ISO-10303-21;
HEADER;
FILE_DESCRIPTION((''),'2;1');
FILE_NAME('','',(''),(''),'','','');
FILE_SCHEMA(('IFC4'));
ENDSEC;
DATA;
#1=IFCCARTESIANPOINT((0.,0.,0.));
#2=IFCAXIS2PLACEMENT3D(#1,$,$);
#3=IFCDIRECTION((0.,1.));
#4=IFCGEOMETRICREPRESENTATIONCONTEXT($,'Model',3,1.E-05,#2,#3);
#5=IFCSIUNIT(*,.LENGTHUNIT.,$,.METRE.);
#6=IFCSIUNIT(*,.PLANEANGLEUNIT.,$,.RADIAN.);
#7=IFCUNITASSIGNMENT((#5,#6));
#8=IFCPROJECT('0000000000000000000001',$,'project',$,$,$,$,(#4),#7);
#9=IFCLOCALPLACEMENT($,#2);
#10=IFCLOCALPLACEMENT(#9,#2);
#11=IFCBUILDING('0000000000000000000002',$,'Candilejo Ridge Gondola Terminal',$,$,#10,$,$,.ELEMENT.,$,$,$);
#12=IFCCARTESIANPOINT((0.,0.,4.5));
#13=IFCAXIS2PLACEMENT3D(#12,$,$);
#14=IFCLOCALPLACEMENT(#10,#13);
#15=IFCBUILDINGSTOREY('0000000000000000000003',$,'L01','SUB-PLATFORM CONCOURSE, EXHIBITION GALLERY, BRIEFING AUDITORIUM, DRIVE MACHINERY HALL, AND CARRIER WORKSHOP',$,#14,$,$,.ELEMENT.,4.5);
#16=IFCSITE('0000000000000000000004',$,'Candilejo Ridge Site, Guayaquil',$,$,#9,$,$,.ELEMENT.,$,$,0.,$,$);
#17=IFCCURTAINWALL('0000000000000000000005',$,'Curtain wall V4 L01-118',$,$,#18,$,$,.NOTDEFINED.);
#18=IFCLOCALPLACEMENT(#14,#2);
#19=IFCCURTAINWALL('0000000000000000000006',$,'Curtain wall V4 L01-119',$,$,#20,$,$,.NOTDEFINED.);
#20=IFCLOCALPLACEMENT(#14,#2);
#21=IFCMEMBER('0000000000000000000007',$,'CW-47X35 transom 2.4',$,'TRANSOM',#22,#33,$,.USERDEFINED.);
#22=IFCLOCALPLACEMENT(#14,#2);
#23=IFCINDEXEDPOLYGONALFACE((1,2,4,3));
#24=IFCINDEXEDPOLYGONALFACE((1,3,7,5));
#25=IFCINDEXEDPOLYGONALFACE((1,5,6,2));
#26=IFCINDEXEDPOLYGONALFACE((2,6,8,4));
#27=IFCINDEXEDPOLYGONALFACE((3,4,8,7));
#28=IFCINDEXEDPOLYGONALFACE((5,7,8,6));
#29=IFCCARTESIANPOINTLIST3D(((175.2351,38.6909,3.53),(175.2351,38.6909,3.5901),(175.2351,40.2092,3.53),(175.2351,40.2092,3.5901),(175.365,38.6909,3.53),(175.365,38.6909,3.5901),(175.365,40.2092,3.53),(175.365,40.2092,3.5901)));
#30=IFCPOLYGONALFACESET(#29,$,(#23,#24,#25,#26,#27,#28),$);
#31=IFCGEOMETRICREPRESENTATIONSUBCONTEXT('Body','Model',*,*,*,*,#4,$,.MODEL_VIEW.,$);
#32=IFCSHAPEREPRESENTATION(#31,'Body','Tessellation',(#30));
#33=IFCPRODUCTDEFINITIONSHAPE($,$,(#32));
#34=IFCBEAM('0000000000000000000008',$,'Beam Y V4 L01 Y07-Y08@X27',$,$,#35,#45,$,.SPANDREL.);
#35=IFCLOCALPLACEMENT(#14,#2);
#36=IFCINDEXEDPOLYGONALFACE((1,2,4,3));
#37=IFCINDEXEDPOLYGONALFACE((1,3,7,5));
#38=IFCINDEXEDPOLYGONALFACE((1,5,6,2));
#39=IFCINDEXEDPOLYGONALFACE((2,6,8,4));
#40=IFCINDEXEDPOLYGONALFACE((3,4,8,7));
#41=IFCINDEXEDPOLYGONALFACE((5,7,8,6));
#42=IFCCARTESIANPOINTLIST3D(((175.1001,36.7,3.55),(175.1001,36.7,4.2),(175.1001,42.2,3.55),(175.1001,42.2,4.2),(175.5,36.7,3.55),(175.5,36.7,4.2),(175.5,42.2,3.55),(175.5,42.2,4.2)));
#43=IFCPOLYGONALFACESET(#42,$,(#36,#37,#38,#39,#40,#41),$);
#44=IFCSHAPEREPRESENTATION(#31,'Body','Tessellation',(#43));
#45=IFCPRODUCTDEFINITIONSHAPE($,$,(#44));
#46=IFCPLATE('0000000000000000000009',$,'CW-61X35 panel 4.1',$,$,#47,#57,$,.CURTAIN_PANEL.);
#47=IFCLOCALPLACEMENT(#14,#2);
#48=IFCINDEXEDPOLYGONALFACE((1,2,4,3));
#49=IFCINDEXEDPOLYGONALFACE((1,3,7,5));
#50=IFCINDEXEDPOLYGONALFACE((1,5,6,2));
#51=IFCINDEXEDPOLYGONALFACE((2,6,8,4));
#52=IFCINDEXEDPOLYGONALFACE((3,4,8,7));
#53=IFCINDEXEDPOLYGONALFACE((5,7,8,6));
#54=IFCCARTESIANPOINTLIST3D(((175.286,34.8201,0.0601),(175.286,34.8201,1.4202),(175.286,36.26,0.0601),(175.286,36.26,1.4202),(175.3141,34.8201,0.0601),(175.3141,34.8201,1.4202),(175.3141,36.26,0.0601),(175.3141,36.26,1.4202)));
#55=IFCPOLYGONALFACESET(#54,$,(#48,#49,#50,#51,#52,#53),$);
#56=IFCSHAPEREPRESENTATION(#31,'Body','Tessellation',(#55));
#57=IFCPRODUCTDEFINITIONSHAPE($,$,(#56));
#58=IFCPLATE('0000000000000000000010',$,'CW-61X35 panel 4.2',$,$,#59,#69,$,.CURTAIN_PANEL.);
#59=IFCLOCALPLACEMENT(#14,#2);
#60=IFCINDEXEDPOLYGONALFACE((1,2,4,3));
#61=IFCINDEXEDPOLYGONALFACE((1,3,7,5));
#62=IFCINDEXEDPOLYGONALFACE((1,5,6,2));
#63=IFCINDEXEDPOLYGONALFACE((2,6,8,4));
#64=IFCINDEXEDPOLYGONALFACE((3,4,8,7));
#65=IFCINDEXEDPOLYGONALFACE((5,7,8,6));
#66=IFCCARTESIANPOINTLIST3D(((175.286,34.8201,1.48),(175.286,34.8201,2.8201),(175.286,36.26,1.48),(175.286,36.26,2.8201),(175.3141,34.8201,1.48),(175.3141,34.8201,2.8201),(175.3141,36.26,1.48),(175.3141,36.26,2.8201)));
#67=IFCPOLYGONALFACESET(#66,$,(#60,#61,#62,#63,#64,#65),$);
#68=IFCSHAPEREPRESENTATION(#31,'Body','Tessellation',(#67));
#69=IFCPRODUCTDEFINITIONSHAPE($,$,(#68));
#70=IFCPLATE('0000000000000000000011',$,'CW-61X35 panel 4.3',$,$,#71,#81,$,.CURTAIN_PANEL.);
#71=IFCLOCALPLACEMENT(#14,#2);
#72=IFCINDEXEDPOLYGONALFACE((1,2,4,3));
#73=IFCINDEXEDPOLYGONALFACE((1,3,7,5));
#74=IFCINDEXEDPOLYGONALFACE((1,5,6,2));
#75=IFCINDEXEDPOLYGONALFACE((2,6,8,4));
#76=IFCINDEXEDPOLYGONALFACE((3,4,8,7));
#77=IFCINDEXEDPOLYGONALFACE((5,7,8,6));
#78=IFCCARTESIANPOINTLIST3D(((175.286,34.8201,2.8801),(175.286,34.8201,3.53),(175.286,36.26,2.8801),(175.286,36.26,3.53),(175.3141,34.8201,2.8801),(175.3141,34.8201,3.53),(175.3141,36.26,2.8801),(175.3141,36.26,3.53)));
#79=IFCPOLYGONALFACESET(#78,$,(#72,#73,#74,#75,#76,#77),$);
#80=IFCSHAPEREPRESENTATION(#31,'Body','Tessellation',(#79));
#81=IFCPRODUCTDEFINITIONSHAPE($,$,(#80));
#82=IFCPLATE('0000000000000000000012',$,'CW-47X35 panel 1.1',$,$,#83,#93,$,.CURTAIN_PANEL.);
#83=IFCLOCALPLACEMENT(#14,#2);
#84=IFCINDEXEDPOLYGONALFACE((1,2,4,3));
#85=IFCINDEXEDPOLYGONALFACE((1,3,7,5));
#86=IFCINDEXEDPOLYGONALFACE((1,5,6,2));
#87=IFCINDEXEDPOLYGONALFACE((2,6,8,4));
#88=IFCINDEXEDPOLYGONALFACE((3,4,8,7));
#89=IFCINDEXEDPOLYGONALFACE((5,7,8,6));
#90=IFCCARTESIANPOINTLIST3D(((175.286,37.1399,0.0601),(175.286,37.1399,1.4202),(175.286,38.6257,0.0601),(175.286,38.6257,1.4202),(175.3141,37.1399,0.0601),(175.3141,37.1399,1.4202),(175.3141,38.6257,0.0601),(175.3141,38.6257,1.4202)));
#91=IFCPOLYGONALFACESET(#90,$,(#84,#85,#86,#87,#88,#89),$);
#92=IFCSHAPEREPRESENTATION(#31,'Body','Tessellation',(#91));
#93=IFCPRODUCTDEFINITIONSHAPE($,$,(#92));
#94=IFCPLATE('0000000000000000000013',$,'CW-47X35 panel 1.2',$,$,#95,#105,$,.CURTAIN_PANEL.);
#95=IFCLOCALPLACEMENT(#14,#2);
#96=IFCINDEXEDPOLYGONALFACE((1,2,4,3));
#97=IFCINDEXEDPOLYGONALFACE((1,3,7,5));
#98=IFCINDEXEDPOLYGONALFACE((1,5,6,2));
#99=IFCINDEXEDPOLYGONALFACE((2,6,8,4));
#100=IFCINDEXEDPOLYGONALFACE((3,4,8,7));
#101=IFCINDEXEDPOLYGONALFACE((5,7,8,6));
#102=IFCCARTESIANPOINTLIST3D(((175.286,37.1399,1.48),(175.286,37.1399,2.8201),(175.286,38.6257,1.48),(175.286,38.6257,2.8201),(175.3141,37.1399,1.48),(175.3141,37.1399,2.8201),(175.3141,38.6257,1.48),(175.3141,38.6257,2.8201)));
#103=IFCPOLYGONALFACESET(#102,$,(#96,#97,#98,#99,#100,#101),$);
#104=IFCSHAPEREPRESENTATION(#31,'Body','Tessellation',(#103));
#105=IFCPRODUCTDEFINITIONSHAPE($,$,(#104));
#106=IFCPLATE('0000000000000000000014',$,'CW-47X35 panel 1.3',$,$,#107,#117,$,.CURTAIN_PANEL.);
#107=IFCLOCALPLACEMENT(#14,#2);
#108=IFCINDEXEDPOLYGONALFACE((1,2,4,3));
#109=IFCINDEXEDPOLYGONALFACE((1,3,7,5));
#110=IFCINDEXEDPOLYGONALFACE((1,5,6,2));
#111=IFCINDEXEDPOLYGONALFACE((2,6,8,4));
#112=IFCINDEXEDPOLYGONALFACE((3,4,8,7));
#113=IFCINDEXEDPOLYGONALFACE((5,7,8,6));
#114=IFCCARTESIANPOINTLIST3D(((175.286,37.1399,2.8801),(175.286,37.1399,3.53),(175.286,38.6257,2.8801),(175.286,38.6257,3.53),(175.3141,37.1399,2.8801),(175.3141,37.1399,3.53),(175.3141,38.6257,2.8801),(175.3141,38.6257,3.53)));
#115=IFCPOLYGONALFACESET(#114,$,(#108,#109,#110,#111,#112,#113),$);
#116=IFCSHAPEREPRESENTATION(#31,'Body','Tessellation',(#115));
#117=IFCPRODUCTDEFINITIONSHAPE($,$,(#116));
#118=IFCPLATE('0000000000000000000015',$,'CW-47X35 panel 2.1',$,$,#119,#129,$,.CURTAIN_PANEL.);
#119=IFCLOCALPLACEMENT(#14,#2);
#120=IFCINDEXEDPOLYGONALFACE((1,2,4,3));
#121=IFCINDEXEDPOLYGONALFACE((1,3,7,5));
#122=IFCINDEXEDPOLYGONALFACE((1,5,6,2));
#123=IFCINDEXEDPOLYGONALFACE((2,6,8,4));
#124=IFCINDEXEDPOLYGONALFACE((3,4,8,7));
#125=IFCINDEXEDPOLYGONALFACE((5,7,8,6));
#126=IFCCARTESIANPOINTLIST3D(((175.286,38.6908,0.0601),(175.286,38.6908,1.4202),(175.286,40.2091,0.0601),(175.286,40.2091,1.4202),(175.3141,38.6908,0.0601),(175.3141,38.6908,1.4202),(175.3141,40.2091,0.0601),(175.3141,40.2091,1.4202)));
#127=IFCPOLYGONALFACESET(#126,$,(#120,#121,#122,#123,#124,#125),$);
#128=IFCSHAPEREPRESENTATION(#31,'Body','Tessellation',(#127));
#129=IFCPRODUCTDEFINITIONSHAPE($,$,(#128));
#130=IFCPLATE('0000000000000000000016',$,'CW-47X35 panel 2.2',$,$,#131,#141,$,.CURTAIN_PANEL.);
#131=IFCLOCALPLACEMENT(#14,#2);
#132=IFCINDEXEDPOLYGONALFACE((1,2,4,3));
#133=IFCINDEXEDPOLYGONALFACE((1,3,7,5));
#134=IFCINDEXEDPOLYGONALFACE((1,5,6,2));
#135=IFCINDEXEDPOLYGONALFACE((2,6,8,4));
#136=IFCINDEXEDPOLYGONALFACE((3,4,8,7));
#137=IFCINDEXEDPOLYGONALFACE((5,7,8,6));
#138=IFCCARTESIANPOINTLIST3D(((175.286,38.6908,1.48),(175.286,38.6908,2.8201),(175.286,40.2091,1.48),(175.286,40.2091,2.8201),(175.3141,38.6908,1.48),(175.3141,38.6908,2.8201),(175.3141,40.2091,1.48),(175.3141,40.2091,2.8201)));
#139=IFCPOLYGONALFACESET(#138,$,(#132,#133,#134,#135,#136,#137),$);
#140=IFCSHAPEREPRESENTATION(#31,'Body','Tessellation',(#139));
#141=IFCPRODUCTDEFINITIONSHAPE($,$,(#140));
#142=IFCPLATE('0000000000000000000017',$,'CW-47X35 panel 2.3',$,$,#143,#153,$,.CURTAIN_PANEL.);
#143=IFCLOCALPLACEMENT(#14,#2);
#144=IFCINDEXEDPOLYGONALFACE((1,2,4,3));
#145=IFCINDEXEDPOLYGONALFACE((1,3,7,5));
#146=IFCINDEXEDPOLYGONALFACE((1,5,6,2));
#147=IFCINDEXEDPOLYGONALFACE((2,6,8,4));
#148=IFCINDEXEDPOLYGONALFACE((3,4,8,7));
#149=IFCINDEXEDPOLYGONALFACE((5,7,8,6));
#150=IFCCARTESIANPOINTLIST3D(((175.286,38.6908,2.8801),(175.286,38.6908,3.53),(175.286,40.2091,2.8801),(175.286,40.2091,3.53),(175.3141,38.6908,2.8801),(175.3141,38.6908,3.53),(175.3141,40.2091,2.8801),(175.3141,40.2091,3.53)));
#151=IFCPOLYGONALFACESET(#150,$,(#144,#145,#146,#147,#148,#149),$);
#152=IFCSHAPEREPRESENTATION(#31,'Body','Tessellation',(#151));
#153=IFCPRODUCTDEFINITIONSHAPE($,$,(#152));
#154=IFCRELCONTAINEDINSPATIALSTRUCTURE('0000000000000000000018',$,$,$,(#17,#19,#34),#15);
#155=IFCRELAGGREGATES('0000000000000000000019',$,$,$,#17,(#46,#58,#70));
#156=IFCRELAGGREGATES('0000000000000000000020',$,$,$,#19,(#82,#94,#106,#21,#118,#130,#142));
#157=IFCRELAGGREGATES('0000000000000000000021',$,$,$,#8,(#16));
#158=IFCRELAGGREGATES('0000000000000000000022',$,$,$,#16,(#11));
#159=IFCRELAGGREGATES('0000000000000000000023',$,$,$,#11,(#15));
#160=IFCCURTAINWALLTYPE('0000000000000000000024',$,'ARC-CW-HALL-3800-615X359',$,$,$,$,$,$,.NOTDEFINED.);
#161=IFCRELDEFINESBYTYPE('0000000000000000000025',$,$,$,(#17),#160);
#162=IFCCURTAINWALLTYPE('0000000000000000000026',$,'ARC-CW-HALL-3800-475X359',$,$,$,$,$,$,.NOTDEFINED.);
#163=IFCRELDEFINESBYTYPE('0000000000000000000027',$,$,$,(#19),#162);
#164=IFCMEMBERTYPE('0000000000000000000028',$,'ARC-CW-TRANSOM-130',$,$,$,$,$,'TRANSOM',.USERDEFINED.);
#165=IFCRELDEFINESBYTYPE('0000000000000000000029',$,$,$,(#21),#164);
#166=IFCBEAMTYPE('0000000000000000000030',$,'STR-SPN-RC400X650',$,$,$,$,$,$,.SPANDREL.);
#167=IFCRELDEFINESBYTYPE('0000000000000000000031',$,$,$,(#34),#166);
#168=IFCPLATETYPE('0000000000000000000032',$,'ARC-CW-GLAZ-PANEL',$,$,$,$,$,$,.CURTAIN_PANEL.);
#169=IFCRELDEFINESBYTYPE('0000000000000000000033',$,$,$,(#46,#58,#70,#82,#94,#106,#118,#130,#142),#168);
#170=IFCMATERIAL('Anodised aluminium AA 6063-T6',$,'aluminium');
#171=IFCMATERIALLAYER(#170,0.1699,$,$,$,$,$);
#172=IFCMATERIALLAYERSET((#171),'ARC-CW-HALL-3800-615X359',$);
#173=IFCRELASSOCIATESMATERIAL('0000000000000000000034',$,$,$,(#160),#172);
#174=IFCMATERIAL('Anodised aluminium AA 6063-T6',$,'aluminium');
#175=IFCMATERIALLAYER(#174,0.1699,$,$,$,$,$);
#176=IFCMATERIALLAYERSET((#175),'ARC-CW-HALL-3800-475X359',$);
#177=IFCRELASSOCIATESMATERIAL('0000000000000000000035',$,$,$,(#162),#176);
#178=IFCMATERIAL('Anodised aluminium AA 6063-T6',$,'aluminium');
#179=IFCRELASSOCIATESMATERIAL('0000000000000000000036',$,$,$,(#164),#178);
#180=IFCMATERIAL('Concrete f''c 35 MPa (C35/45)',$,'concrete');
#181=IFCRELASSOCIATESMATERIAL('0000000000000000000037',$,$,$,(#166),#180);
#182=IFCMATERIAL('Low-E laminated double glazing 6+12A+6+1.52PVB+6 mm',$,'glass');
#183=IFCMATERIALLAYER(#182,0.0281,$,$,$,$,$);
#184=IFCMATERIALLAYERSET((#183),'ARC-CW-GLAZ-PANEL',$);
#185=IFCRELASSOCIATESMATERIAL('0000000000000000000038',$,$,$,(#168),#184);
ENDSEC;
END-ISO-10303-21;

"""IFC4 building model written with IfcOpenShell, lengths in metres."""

from ifc_helpers import new_model, si_unit, direction, frame, origin, origin_2d, place, context, subcontext, project, spatial, rectangle, extrude, material, layer, layer_set, material_profile, profile_set, type_object, element, aggregate, save


model = new_model("IFC4")

# Units and contexts
model_context = context("Model", 3, precision=1e-05, world=origin(), true_north=direction((0.0, 1.0)))
body_context = subcontext(model_context, "Body", "Model", "MODEL_VIEW")
ifc_project = project(units=[si_unit("LENGTHUNIT", "METRE"), si_unit("PLANEANGLEUNIT", "RADIAN")], contexts=[model_context])

# Site, building, storey
site_placement = place(None, origin())
site = spatial("IfcSite", under=ifc_project, at=site_placement, Name="Candilejo Ridge Site, Guayaquil", CompositionType="ELEMENT", RefElevation=0.0)
building_placement = place(site_placement, origin())
building = spatial("IfcBuilding", under=site, at=building_placement, Name="Candilejo Ridge Gondola Terminal", CompositionType="ELEMENT")
storey_placement = place(building_placement, frame((0.0, 0.0, 4.5)))
storey = spatial("IfcBuildingStorey", under=building, at=storey_placement, Name="L01", Description="SUB-PLATFORM CONCOURSE, EXHIBITION GALLERY, BRIEFING AUDITORIUM, DRIVE MACHINERY HALL, AND CARRIER WORKSHOP", CompositionType="ELEMENT", Elevation=4.5)

# Curtain wall
ifc_material_1 = material(Name="Anodised aluminium AA 6063-T6", Category="aluminium")
ifc_layer_1 = layer(ifc_material_1, 0.1699)
ifc_layer_set_1 = layer_set([ifc_layer_1], Name="ARC-CW-HALL-3800-615X359")
curtain_wall_type_1 = type_object("IfcCurtainWallType", Name="ARC-CW-HALL-3800-615X359", PredefinedType="NOTDEFINED", material=ifc_layer_set_1)
curtain_wall_1_placement = place(storey_placement, origin())
curtain_wall_1 = element("IfcCurtainWall", 1, at=curtain_wall_1_placement, inside=storey, type_object=curtain_wall_type_1, Name="Curtain wall V4 L01-118", PredefinedType="NOTDEFINED")

# Curtain wall
ifc_material_2 = material(Name="Anodised aluminium AA 6063-T6", Category="aluminium")
ifc_layer_2 = layer(ifc_material_2, 0.1699)
ifc_layer_set_2 = layer_set([ifc_layer_2], Name="ARC-CW-HALL-3800-475X359")
curtain_wall_type_2 = type_object("IfcCurtainWallType", Name="ARC-CW-HALL-3800-475X359", PredefinedType="NOTDEFINED", material=ifc_layer_set_2)
curtain_wall_2_placement = place(storey_placement, origin())
curtain_wall_2 = element("IfcCurtainWall", 2, at=curtain_wall_2_placement, inside=storey, type_object=curtain_wall_type_2, Name="Curtain wall V4 L01-119", PredefinedType="NOTDEFINED")

# Member
ifc_material_3 = material(Name="Anodised aluminium AA 6063-T6", Category="aluminium")
ifc_material_profile_1 = material_profile(ifc_material_3, rectangle(XDim=0.1299, YDim=0.0601, at=origin_2d()))
ifc_profile_set_1 = profile_set([ifc_material_profile_1], Name="Anodised aluminium AA 6063-T6")
member_type_1 = type_object("IfcMemberType", Name="ARC-CW-TRANSOM-130", ElementType="TRANSOM", PredefinedType="USERDEFINED", material=ifc_profile_set_1)
member_1_placement = place(storey_placement, frame((175.3, 38.6909, 3.5601), z_axis=(0.0, 1.0, 0.0), x_axis=(-1.0, 0.0, 0.0)))
member_1 = element("IfcMember", 3, at=member_1_placement, type_object=member_type_1, Name="CW-47X35 transom 2.4", ObjectType="TRANSOM", PredefinedType="USERDEFINED", context=body_context, shape_type="SweptSolid", body=[
    extrude(rectangle(XDim=0.1299, YDim=0.0601, at=origin_2d()), origin(), (0.0, 0.0, 1.0), 1.5183),
])

# Beam
ifc_material_4 = material(Name="Concrete f'c 35 MPa (C35/45)", Category="concrete")
ifc_material_profile_2 = material_profile(ifc_material_4, rectangle(XDim=0.3999, YDim=0.6499, at=origin_2d()))
ifc_profile_set_2 = profile_set([ifc_material_profile_2], Name="Concrete f'c 35 MPa (C35/45)")
beam_type = type_object("IfcBeamType", Name="STR-SPN-RC400X650", PredefinedType="SPANDREL", material=ifc_profile_set_2)
beam_placement = place(storey_placement, frame((175.3, 36.7, 3.875), z_axis=(0.0, 1.0, 0.0), x_axis=(-1.0, 0.0, 0.0)))
element("IfcBeam", 4, at=beam_placement, inside=storey, type_object=beam_type, Name="Beam Y V4 L01 Y07-Y08@X27", PredefinedType="SPANDREL", context=body_context, shape_type="SweptSolid", body=[
    extrude(rectangle(XDim=0.3999, YDim=0.6499, at=origin_2d()), origin(), (0.0, 0.0, 1.0), 5.5),
])

# Plates
ifc_material_5 = material(Name="Low-E laminated double glazing 6+12A+6+1.52PVB+6 mm", Category="glass")
ifc_layer_3 = layer(ifc_material_5, 0.0281)
ifc_layer_set_3 = layer_set([ifc_layer_3], Name="ARC-CW-GLAZ-PANEL")
plate_type = type_object("IfcPlateType", Name="ARC-CW-GLAZ-PANEL", PredefinedType="CURTAIN_PANEL", material=ifc_layer_set_3)
plate_1_placement = place(storey_placement, frame((175.3, 35.54, 0.0601), z_axis=(0.0, 0.0, 1.0), x_axis=(0.0, 1.0, 0.0)))
plate_1 = element("IfcPlate", 5, at=plate_1_placement, type_object=plate_type, Name="CW-61X35 panel 4.1", PredefinedType="CURTAIN_PANEL", context=body_context, shape_type="SweptSolid", body=[
    extrude(rectangle(XDim=1.4399, YDim=0.0281, at=origin_2d()), origin(), (0.0, 0.0, 1.0), 1.3601),
])
plate_2_placement = place(storey_placement, frame((175.3, 35.54, 1.48), z_axis=(0.0, 0.0, 1.0), x_axis=(0.0, 1.0, 0.0)))
plate_2 = element("IfcPlate", 6, at=plate_2_placement, type_object=plate_type, Name="CW-61X35 panel 4.2", PredefinedType="CURTAIN_PANEL", context=body_context, shape_type="SweptSolid", body=[
    extrude(rectangle(XDim=1.4399, YDim=0.0281, at=origin_2d()), origin(), (0.0, 0.0, 1.0), 1.3401),
])
plate_3_placement = place(storey_placement, frame((175.3, 35.54, 2.8801), z_axis=(0.0, 0.0, 1.0), x_axis=(0.0, 1.0, 0.0)))
plate_3 = element("IfcPlate", 7, at=plate_3_placement, type_object=plate_type, Name="CW-61X35 panel 4.3", PredefinedType="CURTAIN_PANEL", context=body_context, shape_type="SweptSolid", body=[
    extrude(rectangle(XDim=1.4399, YDim=0.0281, at=origin_2d()), origin(), (0.0, 0.0, 1.0), 0.6499),
])
aggregate(curtain_wall_1, [plate_1, plate_2, plate_3])
plate_4_placement = place(storey_placement, frame((175.3, 37.8828, 0.0601), z_axis=(0.0, 0.0, 1.0), x_axis=(0.0, 1.0, 0.0)))
plate_4 = element("IfcPlate", 8, at=plate_4_placement, type_object=plate_type, Name="CW-47X35 panel 1.1", PredefinedType="CURTAIN_PANEL", context=body_context, shape_type="SweptSolid", body=[
    extrude(rectangle(XDim=1.4858, YDim=0.0281, at=origin_2d()), origin(), (0.0, 0.0, 1.0), 1.3601),
])
plate_5_placement = place(storey_placement, frame((175.3, 37.8828, 1.48), z_axis=(0.0, 0.0, 1.0), x_axis=(0.0, 1.0, 0.0)))
plate_5 = element("IfcPlate", 9, at=plate_5_placement, type_object=plate_type, Name="CW-47X35 panel 1.2", PredefinedType="CURTAIN_PANEL", context=body_context, shape_type="SweptSolid", body=[
    extrude(rectangle(XDim=1.4858, YDim=0.0281, at=origin_2d()), origin(), (0.0, 0.0, 1.0), 1.3401),
])
plate_6_placement = place(storey_placement, frame((175.3, 37.8828, 2.8801), z_axis=(0.0, 0.0, 1.0), x_axis=(0.0, 1.0, 0.0)))
plate_6 = element("IfcPlate", 10, at=plate_6_placement, type_object=plate_type, Name="CW-47X35 panel 1.3", PredefinedType="CURTAIN_PANEL", context=body_context, shape_type="SweptSolid", body=[
    extrude(rectangle(XDim=1.4858, YDim=0.0281, at=origin_2d()), origin(), (0.0, 0.0, 1.0), 0.6499),
])
plate_7_placement = place(storey_placement, frame((175.3, 39.45, 0.0601), z_axis=(0.0, 0.0, 1.0), x_axis=(0.0, 1.0, 0.0)))
plate_7 = element("IfcPlate", 11, at=plate_7_placement, type_object=plate_type, Name="CW-47X35 panel 2.1", PredefinedType="CURTAIN_PANEL", context=body_context, shape_type="SweptSolid", body=[
    extrude(rectangle(XDim=1.5183, YDim=0.0281, at=origin_2d()), origin(), (0.0, 0.0, 1.0), 1.3601),
])
plate_8_placement = place(storey_placement, frame((175.3, 39.45, 1.48), z_axis=(0.0, 0.0, 1.0), x_axis=(0.0, 1.0, 0.0)))
plate_8 = element("IfcPlate", 12, at=plate_8_placement, type_object=plate_type, Name="CW-47X35 panel 2.2", PredefinedType="CURTAIN_PANEL", context=body_context, shape_type="SweptSolid", body=[
    extrude(rectangle(XDim=1.5183, YDim=0.0281, at=origin_2d()), origin(), (0.0, 0.0, 1.0), 1.3401),
])
plate_9_placement = place(storey_placement, frame((175.3, 39.45, 2.8801), z_axis=(0.0, 0.0, 1.0), x_axis=(0.0, 1.0, 0.0)))
plate_9 = element("IfcPlate", 13, at=plate_9_placement, type_object=plate_type, Name="CW-47X35 panel 2.3", PredefinedType="CURTAIN_PANEL", context=body_context, shape_type="SweptSolid", body=[
    extrude(rectangle(XDim=1.5183, YDim=0.0281, at=origin_2d()), origin(), (0.0, 0.0, 1.0), 0.6499),
])
aggregate(curtain_wall_2, [plate_4, plate_5, plate_6, member_1, plate_7, plate_8, plate_9])

save(model, "model.ifc")
